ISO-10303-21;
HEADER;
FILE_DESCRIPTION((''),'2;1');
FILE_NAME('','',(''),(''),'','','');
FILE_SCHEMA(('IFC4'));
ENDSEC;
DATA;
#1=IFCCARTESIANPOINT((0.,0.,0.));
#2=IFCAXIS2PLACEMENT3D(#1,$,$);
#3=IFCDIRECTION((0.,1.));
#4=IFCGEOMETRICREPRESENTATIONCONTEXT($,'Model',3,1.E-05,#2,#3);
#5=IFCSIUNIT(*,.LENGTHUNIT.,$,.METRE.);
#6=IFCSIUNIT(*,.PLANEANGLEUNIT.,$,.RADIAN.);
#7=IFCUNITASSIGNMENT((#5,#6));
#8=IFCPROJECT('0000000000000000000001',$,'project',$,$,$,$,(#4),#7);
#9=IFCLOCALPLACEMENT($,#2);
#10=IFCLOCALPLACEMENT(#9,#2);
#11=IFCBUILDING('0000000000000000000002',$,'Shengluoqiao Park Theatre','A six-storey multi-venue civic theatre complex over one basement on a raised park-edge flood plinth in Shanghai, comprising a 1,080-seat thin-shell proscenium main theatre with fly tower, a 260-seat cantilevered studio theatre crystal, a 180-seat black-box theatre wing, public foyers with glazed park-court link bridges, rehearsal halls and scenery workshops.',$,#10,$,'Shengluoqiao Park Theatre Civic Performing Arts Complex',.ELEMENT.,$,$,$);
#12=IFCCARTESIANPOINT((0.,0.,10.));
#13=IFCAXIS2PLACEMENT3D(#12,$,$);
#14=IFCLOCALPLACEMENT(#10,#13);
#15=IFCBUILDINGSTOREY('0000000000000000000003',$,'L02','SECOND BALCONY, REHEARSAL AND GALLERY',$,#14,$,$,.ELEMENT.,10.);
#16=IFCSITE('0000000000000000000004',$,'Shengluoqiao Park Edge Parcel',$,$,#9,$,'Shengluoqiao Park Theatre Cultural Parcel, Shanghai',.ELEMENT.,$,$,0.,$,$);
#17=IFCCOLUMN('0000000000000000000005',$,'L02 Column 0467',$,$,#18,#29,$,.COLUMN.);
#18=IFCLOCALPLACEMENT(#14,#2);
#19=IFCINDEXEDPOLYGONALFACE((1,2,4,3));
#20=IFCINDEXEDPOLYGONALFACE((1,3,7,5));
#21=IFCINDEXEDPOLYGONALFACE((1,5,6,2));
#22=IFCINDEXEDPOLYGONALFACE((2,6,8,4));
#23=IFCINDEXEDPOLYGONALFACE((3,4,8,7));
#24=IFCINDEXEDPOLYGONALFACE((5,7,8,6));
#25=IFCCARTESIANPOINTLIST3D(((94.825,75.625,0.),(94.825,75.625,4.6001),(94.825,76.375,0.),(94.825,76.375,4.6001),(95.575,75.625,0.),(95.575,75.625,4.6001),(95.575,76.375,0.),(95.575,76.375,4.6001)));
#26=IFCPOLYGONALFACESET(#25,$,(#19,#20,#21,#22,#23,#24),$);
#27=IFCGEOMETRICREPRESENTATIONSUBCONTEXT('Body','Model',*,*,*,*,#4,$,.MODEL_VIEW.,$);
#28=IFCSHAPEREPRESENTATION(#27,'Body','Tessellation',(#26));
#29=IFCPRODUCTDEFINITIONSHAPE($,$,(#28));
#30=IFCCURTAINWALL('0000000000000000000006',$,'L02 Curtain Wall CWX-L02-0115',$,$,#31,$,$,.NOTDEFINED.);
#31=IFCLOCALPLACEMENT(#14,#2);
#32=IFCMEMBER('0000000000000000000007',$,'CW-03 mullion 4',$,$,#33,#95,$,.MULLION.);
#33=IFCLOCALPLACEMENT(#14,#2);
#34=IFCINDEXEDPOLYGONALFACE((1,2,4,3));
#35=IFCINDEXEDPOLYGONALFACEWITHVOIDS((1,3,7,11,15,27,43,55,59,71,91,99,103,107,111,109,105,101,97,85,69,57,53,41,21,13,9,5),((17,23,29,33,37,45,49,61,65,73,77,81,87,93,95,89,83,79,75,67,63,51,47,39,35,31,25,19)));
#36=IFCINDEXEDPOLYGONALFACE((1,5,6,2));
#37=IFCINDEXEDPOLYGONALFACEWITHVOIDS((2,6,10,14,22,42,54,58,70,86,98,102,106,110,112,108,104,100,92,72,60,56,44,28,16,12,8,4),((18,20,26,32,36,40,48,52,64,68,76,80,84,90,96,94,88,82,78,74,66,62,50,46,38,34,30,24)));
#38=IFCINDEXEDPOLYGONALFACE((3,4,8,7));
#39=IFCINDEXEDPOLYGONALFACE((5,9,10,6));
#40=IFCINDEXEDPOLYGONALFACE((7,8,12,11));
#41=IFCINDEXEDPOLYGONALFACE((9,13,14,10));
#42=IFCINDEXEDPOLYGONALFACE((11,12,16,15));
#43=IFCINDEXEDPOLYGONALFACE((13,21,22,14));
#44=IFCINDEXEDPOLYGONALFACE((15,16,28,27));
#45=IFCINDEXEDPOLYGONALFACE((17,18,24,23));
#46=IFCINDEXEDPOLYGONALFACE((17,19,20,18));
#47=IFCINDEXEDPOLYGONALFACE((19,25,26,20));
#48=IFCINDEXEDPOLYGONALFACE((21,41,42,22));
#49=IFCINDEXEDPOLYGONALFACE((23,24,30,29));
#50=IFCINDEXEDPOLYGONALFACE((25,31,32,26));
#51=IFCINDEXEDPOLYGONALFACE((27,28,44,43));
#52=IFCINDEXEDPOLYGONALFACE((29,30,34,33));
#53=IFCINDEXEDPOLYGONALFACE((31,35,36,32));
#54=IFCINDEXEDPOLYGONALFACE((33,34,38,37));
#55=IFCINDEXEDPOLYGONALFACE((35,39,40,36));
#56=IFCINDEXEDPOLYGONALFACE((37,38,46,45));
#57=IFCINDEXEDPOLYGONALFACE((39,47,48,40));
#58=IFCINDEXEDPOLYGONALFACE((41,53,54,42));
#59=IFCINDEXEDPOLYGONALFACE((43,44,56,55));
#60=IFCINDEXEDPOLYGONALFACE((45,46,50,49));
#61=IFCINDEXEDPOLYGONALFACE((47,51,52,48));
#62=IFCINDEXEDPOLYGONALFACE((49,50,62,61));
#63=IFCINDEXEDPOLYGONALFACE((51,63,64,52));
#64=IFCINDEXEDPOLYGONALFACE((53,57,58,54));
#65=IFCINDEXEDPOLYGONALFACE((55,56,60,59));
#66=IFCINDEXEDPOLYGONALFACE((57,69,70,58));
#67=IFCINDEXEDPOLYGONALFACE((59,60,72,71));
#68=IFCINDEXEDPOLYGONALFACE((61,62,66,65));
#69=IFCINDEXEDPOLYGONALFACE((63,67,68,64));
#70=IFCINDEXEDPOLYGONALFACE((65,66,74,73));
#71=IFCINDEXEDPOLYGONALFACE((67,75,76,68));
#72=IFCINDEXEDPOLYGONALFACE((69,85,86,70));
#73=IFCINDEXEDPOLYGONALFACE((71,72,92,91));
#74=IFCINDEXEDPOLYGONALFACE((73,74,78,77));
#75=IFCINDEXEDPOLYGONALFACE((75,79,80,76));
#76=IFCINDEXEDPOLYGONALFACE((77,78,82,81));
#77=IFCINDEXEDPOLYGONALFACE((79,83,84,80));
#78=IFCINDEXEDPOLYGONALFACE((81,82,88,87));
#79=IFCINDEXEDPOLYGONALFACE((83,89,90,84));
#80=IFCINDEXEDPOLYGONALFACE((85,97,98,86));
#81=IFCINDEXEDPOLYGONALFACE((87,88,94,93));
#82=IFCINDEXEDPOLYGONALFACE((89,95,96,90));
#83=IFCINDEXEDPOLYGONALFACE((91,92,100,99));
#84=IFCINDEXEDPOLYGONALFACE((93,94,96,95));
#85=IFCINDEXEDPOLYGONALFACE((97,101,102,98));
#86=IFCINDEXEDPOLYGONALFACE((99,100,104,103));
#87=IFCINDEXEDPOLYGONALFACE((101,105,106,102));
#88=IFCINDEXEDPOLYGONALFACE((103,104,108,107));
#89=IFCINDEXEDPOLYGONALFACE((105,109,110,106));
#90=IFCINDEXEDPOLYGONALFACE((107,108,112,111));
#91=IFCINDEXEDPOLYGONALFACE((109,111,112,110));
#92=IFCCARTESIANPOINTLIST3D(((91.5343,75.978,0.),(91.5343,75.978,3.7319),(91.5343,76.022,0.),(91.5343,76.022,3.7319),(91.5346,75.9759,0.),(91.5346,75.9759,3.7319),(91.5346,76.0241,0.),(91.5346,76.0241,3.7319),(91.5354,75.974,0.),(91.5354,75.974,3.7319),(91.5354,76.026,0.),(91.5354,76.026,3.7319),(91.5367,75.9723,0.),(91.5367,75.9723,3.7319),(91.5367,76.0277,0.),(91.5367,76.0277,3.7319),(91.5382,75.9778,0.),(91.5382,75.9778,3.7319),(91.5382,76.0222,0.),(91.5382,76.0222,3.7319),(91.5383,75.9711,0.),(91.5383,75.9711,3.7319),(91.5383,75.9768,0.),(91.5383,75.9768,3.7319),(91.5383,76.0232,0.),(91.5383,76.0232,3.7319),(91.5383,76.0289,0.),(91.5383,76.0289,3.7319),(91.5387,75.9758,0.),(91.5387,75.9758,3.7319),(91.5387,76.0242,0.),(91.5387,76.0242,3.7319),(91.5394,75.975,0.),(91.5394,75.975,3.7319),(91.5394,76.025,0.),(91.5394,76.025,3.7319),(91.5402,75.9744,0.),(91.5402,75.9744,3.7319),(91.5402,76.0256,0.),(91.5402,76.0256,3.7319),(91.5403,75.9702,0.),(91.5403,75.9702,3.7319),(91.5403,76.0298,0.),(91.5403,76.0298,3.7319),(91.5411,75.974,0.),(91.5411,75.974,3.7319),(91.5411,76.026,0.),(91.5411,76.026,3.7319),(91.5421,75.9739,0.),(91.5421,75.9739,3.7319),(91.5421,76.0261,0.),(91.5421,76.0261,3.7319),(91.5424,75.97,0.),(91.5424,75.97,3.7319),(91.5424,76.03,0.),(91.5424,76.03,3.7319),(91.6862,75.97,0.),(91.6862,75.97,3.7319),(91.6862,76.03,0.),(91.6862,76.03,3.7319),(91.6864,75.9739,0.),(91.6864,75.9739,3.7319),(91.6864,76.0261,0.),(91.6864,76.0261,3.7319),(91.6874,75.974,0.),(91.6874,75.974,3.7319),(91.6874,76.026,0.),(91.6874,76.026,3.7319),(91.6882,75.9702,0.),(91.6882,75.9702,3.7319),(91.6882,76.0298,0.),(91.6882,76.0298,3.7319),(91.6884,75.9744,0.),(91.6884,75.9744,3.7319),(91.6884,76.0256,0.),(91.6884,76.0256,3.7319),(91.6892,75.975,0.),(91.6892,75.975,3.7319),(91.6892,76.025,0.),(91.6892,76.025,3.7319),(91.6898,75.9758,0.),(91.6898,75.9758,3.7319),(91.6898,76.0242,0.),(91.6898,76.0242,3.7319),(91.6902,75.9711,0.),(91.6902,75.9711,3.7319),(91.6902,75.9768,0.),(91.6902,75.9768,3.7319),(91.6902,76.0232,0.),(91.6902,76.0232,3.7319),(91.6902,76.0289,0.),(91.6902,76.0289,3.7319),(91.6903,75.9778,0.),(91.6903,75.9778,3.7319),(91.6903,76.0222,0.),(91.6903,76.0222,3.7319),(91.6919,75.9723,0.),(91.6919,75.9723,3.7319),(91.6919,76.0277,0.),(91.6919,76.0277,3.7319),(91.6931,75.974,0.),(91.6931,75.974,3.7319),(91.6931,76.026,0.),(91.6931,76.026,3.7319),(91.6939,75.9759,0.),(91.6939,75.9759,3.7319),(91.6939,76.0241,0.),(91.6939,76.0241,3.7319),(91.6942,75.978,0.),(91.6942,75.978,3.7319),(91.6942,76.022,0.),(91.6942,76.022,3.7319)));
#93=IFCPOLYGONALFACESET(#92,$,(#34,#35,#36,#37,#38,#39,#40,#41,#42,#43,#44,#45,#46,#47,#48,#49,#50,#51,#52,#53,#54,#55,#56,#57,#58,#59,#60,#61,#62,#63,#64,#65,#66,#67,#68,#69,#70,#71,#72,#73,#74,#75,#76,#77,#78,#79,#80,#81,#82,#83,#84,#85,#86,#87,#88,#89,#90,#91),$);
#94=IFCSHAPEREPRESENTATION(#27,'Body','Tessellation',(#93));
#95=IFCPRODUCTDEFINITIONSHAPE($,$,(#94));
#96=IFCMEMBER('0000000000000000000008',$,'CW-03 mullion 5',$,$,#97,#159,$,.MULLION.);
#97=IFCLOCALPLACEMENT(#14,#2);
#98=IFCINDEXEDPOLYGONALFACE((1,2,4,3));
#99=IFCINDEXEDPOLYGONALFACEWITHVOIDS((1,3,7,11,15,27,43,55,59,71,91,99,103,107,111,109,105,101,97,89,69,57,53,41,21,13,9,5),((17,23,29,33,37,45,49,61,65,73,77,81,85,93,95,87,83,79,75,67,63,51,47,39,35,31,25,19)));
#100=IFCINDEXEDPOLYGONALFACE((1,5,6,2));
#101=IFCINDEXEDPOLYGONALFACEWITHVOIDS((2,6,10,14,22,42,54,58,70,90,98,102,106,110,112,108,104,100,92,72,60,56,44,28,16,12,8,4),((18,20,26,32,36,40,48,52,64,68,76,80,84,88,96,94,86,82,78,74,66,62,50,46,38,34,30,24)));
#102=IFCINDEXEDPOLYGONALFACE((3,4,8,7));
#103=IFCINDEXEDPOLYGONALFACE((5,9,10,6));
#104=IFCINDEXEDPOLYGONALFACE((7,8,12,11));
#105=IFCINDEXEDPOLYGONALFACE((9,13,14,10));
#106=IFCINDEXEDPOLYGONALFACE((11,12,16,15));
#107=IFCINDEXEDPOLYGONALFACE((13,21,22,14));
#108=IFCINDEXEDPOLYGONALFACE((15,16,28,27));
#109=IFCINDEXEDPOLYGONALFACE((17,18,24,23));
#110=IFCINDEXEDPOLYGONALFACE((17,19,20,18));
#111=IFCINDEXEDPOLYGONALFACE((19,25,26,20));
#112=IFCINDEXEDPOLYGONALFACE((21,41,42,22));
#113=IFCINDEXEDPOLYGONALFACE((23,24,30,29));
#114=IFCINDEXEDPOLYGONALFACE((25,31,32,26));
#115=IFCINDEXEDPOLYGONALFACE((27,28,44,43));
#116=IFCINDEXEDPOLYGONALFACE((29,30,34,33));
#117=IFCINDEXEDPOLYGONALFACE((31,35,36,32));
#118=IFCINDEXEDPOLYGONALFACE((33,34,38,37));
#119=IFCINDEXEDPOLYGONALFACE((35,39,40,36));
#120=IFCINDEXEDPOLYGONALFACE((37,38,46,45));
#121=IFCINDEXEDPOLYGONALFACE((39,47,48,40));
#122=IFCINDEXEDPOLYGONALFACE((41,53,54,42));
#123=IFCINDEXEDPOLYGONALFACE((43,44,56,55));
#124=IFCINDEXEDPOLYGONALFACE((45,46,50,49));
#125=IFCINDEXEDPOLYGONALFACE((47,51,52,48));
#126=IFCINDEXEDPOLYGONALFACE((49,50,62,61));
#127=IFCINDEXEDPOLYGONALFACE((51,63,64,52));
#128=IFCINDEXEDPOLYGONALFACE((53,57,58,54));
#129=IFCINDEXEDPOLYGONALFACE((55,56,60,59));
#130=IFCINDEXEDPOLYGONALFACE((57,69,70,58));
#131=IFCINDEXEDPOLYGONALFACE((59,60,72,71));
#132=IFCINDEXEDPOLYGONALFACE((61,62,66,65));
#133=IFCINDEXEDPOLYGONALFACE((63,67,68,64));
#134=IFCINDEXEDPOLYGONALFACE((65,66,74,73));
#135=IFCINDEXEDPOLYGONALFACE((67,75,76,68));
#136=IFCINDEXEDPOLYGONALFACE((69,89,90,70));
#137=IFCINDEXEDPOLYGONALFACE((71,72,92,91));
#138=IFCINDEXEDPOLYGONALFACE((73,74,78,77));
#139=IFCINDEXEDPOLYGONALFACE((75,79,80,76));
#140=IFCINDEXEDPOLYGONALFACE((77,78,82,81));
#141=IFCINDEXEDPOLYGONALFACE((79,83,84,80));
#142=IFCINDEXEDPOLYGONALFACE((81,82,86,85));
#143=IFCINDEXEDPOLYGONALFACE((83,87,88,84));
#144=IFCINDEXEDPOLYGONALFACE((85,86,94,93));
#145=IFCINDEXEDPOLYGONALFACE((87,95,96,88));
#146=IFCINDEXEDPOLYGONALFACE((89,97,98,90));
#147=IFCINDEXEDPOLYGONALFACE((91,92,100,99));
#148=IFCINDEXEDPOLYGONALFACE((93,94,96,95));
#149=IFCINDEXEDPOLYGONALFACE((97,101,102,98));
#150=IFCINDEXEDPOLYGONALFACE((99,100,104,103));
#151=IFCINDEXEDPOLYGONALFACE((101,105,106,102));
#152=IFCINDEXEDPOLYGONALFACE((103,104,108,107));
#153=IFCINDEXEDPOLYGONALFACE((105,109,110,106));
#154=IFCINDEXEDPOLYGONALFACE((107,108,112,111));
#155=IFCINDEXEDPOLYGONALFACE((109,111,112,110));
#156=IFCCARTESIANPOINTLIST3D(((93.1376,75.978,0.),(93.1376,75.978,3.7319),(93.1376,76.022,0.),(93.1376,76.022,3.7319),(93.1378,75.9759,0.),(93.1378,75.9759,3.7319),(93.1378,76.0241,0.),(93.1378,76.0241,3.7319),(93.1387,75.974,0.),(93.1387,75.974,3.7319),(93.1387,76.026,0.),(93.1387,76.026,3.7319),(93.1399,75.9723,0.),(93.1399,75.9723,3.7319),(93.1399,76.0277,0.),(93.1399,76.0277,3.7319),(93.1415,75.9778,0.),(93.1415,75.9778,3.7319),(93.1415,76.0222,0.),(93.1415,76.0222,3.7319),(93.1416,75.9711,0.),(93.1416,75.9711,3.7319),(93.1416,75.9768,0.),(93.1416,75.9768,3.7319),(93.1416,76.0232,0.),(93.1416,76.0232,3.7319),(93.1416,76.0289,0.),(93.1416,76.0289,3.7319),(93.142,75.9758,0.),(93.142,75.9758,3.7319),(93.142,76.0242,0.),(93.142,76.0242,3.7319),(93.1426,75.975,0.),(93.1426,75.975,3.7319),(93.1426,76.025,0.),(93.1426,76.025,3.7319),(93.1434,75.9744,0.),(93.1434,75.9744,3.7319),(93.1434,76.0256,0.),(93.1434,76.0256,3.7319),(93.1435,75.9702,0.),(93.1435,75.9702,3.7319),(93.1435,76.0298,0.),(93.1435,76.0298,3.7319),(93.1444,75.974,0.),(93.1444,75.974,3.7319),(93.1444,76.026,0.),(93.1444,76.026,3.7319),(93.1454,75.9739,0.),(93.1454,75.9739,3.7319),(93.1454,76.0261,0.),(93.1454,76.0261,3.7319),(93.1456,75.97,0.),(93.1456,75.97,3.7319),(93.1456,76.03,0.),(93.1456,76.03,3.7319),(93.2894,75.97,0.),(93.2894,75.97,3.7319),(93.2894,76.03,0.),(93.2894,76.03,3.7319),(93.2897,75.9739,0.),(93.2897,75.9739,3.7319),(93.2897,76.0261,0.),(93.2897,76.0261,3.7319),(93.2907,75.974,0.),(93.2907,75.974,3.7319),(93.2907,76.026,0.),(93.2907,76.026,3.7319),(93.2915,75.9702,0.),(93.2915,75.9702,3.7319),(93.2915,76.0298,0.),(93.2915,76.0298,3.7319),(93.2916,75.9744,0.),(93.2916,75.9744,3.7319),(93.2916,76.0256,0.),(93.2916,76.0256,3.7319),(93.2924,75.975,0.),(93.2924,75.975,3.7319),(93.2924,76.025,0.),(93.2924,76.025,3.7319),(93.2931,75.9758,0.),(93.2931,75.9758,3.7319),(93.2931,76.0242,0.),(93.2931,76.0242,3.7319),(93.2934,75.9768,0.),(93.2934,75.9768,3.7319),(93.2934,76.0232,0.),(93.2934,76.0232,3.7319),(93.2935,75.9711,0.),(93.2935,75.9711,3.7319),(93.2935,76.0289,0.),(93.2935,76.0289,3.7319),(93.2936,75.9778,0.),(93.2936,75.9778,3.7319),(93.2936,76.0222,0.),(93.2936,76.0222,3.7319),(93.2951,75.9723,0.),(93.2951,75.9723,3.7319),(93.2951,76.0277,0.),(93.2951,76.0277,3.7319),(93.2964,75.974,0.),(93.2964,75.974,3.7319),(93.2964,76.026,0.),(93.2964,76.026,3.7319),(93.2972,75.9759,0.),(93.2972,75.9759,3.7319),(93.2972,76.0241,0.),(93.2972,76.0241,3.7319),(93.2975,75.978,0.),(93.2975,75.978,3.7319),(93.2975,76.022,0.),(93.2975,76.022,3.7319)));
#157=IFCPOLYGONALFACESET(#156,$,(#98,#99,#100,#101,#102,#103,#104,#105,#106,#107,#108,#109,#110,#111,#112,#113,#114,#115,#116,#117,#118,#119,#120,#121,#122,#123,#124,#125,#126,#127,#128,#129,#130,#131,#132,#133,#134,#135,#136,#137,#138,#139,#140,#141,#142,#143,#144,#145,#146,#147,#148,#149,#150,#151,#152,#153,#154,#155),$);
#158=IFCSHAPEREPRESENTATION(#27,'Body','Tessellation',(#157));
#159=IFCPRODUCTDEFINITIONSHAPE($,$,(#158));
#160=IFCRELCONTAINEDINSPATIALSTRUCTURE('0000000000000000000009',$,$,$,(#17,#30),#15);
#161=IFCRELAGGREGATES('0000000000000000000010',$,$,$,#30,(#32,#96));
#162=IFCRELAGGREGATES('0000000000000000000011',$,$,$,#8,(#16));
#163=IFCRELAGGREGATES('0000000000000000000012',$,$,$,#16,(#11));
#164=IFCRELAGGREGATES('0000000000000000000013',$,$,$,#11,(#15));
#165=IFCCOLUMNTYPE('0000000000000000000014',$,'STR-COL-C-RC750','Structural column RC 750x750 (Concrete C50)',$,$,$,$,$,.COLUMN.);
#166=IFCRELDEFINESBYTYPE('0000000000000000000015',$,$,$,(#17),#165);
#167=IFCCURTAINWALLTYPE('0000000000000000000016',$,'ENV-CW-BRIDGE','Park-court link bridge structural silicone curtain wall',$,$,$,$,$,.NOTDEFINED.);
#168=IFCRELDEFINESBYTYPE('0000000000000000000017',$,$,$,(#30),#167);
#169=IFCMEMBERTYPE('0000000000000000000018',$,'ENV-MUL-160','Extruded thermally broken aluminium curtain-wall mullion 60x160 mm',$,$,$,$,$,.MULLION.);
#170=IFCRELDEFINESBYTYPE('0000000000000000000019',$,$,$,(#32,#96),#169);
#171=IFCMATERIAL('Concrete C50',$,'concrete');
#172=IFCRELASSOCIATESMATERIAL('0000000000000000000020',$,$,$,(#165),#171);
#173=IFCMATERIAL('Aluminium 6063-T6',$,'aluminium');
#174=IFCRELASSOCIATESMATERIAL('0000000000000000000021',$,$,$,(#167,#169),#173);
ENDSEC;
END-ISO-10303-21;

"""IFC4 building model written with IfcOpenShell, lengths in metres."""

from ifc_helpers import new_model, si_unit, direction, frame, origin, origin_2d, place, context, subcontext, project, spatial, rectangle, hollow_rectangle, extrude, material, material_profile, profile_set, type_object, element, aggregate, save


model = new_model("IFC4")

# Units and contexts
model_context = context("Model", 3, precision=1e-05, world=origin(), true_north=direction((0.0, 1.0)))
body_context = subcontext(model_context, "Body", "Model", "MODEL_VIEW")
ifc_project = project(units=[si_unit("LENGTHUNIT", "METRE"), si_unit("PLANEANGLEUNIT", "RADIAN")], contexts=[model_context])

# Site, building, storey
site_placement = place(None, origin())
site = spatial("IfcSite", under=ifc_project, at=site_placement, Name="Shengluoqiao Park Edge Parcel", LongName="Shengluoqiao Park Theatre Cultural Parcel, Shanghai", CompositionType="ELEMENT", RefElevation=0.0)
building_placement = place(site_placement, origin())
building = spatial("IfcBuilding", under=site, at=building_placement, Name="Shengluoqiao Park Theatre", Description="A six-storey multi-venue civic theatre complex over one basement on a raised park-edge flood plinth in Shanghai, comprising a 1,080-seat thin-shell proscenium main theatre with fly tower, a 260-seat cantilevered studio theatre crystal, a 180-seat black-box theatre wing, public foyers with glazed park-court link bridges, rehearsal halls and scenery workshops.", LongName="Shengluoqiao Park Theatre Civic Performing Arts Complex", CompositionType="ELEMENT")
storey_placement = place(building_placement, frame((0.0, 0.0, 10.0)))
storey = spatial("IfcBuildingStorey", under=building, at=storey_placement, Name="L02", Description="SECOND BALCONY, REHEARSAL AND GALLERY", CompositionType="ELEMENT", Elevation=10.0)

# Column
ifc_material_1 = material(Name="Concrete C50", Category="concrete")
ifc_material_profile_1 = material_profile(ifc_material_1, rectangle(XDim=0.75, YDim=0.75, at=origin_2d()), Name="RC 750x750")
ifc_profile_set_1 = profile_set([ifc_material_profile_1], Name="Concrete C50")
column_type = type_object("IfcColumnType", Name="STR-COL-C-RC750", Description="Structural column RC 750x750 (Concrete C50)", PredefinedType="COLUMN", material=ifc_profile_set_1)
column_placement = place(storey_placement, frame((95.2, 76.0, 0.0), z_axis=(0.0, 0.0, 1.0), x_axis=(1.0, 0.0, 0.0)))
element("IfcColumn", 1, at=column_placement, inside=storey, type_object=column_type, Name="L02 Column 0467", PredefinedType="COLUMN", context=body_context, shape_type="SweptSolid", body=[
    extrude(rectangle(XDim=0.75, YDim=0.75, at=origin_2d()), origin(), (0.0, 0.0, 1.0), 4.6001),
])

# Curtain wall, members
ifc_material_2 = material(Name="Aluminium 6063-T6", Category="aluminium")
curtain_wall_type = type_object("IfcCurtainWallType", Name="ENV-CW-BRIDGE", Description="Park-court link bridge structural silicone curtain wall", PredefinedType="NOTDEFINED", material=ifc_material_2)
curtain_wall_1_placement = place(storey_placement, origin())
curtain_wall_1 = element("IfcCurtainWall", 2, at=curtain_wall_1_placement, inside=storey, type_object=curtain_wall_type, Name="L02 Curtain Wall CWX-L02-0115", PredefinedType="NOTDEFINED")
ifc_material_profile_2 = material_profile(ifc_material_2, hollow_rectangle(XDim=0.0601, YDim=0.1599, WallThickness=0.0039, InnerFilletRadius=0.0039, OuterFilletRadius=0.0081, at=origin_2d()), Name="ALU MULLION 160x60x4")
ifc_profile_set_2 = profile_set([ifc_material_profile_2], Name="Aluminium 6063-T6")
member_type_1 = type_object("IfcMemberType", Name="ENV-MUL-160", Description="Extruded thermally broken aluminium curtain-wall mullion 60x160 mm", PredefinedType="MULLION", material=ifc_profile_set_2)
member_1_placement = place(storey_placement, frame((91.6143, 76.0, 0.0), z_axis=(0.0, 0.0, 1.0), x_axis=(0.0, 1.0, 0.0)))
member_1 = element("IfcMember", 3, at=member_1_placement, type_object=member_type_1, Name="CW-03 mullion 4", PredefinedType="MULLION", context=body_context, shape_type="SweptSolid", body=[
    extrude(hollow_rectangle(XDim=0.0601, YDim=0.1599, WallThickness=0.0039, InnerFilletRadius=0.0039, OuterFilletRadius=0.0081, at=origin_2d()), origin(), (0.0, 0.0, 1.0), 3.7319),
])
member_2_placement = place(storey_placement, frame((93.2175, 76.0, 0.0), z_axis=(0.0, 0.0, 1.0), x_axis=(0.0, 1.0, 0.0)))
member_2 = element("IfcMember", 4, at=member_2_placement, type_object=member_type_1, Name="CW-03 mullion 5", PredefinedType="MULLION", context=body_context, shape_type="SweptSolid", body=[
    extrude(hollow_rectangle(XDim=0.0601, YDim=0.1599, WallThickness=0.0039, InnerFilletRadius=0.0039, OuterFilletRadius=0.0081, at=origin_2d()), origin(), (0.0, 0.0, 1.0), 3.7319),
])

aggregate(curtain_wall_1, [member_1, member_2])

save(model, "model.ifc")
